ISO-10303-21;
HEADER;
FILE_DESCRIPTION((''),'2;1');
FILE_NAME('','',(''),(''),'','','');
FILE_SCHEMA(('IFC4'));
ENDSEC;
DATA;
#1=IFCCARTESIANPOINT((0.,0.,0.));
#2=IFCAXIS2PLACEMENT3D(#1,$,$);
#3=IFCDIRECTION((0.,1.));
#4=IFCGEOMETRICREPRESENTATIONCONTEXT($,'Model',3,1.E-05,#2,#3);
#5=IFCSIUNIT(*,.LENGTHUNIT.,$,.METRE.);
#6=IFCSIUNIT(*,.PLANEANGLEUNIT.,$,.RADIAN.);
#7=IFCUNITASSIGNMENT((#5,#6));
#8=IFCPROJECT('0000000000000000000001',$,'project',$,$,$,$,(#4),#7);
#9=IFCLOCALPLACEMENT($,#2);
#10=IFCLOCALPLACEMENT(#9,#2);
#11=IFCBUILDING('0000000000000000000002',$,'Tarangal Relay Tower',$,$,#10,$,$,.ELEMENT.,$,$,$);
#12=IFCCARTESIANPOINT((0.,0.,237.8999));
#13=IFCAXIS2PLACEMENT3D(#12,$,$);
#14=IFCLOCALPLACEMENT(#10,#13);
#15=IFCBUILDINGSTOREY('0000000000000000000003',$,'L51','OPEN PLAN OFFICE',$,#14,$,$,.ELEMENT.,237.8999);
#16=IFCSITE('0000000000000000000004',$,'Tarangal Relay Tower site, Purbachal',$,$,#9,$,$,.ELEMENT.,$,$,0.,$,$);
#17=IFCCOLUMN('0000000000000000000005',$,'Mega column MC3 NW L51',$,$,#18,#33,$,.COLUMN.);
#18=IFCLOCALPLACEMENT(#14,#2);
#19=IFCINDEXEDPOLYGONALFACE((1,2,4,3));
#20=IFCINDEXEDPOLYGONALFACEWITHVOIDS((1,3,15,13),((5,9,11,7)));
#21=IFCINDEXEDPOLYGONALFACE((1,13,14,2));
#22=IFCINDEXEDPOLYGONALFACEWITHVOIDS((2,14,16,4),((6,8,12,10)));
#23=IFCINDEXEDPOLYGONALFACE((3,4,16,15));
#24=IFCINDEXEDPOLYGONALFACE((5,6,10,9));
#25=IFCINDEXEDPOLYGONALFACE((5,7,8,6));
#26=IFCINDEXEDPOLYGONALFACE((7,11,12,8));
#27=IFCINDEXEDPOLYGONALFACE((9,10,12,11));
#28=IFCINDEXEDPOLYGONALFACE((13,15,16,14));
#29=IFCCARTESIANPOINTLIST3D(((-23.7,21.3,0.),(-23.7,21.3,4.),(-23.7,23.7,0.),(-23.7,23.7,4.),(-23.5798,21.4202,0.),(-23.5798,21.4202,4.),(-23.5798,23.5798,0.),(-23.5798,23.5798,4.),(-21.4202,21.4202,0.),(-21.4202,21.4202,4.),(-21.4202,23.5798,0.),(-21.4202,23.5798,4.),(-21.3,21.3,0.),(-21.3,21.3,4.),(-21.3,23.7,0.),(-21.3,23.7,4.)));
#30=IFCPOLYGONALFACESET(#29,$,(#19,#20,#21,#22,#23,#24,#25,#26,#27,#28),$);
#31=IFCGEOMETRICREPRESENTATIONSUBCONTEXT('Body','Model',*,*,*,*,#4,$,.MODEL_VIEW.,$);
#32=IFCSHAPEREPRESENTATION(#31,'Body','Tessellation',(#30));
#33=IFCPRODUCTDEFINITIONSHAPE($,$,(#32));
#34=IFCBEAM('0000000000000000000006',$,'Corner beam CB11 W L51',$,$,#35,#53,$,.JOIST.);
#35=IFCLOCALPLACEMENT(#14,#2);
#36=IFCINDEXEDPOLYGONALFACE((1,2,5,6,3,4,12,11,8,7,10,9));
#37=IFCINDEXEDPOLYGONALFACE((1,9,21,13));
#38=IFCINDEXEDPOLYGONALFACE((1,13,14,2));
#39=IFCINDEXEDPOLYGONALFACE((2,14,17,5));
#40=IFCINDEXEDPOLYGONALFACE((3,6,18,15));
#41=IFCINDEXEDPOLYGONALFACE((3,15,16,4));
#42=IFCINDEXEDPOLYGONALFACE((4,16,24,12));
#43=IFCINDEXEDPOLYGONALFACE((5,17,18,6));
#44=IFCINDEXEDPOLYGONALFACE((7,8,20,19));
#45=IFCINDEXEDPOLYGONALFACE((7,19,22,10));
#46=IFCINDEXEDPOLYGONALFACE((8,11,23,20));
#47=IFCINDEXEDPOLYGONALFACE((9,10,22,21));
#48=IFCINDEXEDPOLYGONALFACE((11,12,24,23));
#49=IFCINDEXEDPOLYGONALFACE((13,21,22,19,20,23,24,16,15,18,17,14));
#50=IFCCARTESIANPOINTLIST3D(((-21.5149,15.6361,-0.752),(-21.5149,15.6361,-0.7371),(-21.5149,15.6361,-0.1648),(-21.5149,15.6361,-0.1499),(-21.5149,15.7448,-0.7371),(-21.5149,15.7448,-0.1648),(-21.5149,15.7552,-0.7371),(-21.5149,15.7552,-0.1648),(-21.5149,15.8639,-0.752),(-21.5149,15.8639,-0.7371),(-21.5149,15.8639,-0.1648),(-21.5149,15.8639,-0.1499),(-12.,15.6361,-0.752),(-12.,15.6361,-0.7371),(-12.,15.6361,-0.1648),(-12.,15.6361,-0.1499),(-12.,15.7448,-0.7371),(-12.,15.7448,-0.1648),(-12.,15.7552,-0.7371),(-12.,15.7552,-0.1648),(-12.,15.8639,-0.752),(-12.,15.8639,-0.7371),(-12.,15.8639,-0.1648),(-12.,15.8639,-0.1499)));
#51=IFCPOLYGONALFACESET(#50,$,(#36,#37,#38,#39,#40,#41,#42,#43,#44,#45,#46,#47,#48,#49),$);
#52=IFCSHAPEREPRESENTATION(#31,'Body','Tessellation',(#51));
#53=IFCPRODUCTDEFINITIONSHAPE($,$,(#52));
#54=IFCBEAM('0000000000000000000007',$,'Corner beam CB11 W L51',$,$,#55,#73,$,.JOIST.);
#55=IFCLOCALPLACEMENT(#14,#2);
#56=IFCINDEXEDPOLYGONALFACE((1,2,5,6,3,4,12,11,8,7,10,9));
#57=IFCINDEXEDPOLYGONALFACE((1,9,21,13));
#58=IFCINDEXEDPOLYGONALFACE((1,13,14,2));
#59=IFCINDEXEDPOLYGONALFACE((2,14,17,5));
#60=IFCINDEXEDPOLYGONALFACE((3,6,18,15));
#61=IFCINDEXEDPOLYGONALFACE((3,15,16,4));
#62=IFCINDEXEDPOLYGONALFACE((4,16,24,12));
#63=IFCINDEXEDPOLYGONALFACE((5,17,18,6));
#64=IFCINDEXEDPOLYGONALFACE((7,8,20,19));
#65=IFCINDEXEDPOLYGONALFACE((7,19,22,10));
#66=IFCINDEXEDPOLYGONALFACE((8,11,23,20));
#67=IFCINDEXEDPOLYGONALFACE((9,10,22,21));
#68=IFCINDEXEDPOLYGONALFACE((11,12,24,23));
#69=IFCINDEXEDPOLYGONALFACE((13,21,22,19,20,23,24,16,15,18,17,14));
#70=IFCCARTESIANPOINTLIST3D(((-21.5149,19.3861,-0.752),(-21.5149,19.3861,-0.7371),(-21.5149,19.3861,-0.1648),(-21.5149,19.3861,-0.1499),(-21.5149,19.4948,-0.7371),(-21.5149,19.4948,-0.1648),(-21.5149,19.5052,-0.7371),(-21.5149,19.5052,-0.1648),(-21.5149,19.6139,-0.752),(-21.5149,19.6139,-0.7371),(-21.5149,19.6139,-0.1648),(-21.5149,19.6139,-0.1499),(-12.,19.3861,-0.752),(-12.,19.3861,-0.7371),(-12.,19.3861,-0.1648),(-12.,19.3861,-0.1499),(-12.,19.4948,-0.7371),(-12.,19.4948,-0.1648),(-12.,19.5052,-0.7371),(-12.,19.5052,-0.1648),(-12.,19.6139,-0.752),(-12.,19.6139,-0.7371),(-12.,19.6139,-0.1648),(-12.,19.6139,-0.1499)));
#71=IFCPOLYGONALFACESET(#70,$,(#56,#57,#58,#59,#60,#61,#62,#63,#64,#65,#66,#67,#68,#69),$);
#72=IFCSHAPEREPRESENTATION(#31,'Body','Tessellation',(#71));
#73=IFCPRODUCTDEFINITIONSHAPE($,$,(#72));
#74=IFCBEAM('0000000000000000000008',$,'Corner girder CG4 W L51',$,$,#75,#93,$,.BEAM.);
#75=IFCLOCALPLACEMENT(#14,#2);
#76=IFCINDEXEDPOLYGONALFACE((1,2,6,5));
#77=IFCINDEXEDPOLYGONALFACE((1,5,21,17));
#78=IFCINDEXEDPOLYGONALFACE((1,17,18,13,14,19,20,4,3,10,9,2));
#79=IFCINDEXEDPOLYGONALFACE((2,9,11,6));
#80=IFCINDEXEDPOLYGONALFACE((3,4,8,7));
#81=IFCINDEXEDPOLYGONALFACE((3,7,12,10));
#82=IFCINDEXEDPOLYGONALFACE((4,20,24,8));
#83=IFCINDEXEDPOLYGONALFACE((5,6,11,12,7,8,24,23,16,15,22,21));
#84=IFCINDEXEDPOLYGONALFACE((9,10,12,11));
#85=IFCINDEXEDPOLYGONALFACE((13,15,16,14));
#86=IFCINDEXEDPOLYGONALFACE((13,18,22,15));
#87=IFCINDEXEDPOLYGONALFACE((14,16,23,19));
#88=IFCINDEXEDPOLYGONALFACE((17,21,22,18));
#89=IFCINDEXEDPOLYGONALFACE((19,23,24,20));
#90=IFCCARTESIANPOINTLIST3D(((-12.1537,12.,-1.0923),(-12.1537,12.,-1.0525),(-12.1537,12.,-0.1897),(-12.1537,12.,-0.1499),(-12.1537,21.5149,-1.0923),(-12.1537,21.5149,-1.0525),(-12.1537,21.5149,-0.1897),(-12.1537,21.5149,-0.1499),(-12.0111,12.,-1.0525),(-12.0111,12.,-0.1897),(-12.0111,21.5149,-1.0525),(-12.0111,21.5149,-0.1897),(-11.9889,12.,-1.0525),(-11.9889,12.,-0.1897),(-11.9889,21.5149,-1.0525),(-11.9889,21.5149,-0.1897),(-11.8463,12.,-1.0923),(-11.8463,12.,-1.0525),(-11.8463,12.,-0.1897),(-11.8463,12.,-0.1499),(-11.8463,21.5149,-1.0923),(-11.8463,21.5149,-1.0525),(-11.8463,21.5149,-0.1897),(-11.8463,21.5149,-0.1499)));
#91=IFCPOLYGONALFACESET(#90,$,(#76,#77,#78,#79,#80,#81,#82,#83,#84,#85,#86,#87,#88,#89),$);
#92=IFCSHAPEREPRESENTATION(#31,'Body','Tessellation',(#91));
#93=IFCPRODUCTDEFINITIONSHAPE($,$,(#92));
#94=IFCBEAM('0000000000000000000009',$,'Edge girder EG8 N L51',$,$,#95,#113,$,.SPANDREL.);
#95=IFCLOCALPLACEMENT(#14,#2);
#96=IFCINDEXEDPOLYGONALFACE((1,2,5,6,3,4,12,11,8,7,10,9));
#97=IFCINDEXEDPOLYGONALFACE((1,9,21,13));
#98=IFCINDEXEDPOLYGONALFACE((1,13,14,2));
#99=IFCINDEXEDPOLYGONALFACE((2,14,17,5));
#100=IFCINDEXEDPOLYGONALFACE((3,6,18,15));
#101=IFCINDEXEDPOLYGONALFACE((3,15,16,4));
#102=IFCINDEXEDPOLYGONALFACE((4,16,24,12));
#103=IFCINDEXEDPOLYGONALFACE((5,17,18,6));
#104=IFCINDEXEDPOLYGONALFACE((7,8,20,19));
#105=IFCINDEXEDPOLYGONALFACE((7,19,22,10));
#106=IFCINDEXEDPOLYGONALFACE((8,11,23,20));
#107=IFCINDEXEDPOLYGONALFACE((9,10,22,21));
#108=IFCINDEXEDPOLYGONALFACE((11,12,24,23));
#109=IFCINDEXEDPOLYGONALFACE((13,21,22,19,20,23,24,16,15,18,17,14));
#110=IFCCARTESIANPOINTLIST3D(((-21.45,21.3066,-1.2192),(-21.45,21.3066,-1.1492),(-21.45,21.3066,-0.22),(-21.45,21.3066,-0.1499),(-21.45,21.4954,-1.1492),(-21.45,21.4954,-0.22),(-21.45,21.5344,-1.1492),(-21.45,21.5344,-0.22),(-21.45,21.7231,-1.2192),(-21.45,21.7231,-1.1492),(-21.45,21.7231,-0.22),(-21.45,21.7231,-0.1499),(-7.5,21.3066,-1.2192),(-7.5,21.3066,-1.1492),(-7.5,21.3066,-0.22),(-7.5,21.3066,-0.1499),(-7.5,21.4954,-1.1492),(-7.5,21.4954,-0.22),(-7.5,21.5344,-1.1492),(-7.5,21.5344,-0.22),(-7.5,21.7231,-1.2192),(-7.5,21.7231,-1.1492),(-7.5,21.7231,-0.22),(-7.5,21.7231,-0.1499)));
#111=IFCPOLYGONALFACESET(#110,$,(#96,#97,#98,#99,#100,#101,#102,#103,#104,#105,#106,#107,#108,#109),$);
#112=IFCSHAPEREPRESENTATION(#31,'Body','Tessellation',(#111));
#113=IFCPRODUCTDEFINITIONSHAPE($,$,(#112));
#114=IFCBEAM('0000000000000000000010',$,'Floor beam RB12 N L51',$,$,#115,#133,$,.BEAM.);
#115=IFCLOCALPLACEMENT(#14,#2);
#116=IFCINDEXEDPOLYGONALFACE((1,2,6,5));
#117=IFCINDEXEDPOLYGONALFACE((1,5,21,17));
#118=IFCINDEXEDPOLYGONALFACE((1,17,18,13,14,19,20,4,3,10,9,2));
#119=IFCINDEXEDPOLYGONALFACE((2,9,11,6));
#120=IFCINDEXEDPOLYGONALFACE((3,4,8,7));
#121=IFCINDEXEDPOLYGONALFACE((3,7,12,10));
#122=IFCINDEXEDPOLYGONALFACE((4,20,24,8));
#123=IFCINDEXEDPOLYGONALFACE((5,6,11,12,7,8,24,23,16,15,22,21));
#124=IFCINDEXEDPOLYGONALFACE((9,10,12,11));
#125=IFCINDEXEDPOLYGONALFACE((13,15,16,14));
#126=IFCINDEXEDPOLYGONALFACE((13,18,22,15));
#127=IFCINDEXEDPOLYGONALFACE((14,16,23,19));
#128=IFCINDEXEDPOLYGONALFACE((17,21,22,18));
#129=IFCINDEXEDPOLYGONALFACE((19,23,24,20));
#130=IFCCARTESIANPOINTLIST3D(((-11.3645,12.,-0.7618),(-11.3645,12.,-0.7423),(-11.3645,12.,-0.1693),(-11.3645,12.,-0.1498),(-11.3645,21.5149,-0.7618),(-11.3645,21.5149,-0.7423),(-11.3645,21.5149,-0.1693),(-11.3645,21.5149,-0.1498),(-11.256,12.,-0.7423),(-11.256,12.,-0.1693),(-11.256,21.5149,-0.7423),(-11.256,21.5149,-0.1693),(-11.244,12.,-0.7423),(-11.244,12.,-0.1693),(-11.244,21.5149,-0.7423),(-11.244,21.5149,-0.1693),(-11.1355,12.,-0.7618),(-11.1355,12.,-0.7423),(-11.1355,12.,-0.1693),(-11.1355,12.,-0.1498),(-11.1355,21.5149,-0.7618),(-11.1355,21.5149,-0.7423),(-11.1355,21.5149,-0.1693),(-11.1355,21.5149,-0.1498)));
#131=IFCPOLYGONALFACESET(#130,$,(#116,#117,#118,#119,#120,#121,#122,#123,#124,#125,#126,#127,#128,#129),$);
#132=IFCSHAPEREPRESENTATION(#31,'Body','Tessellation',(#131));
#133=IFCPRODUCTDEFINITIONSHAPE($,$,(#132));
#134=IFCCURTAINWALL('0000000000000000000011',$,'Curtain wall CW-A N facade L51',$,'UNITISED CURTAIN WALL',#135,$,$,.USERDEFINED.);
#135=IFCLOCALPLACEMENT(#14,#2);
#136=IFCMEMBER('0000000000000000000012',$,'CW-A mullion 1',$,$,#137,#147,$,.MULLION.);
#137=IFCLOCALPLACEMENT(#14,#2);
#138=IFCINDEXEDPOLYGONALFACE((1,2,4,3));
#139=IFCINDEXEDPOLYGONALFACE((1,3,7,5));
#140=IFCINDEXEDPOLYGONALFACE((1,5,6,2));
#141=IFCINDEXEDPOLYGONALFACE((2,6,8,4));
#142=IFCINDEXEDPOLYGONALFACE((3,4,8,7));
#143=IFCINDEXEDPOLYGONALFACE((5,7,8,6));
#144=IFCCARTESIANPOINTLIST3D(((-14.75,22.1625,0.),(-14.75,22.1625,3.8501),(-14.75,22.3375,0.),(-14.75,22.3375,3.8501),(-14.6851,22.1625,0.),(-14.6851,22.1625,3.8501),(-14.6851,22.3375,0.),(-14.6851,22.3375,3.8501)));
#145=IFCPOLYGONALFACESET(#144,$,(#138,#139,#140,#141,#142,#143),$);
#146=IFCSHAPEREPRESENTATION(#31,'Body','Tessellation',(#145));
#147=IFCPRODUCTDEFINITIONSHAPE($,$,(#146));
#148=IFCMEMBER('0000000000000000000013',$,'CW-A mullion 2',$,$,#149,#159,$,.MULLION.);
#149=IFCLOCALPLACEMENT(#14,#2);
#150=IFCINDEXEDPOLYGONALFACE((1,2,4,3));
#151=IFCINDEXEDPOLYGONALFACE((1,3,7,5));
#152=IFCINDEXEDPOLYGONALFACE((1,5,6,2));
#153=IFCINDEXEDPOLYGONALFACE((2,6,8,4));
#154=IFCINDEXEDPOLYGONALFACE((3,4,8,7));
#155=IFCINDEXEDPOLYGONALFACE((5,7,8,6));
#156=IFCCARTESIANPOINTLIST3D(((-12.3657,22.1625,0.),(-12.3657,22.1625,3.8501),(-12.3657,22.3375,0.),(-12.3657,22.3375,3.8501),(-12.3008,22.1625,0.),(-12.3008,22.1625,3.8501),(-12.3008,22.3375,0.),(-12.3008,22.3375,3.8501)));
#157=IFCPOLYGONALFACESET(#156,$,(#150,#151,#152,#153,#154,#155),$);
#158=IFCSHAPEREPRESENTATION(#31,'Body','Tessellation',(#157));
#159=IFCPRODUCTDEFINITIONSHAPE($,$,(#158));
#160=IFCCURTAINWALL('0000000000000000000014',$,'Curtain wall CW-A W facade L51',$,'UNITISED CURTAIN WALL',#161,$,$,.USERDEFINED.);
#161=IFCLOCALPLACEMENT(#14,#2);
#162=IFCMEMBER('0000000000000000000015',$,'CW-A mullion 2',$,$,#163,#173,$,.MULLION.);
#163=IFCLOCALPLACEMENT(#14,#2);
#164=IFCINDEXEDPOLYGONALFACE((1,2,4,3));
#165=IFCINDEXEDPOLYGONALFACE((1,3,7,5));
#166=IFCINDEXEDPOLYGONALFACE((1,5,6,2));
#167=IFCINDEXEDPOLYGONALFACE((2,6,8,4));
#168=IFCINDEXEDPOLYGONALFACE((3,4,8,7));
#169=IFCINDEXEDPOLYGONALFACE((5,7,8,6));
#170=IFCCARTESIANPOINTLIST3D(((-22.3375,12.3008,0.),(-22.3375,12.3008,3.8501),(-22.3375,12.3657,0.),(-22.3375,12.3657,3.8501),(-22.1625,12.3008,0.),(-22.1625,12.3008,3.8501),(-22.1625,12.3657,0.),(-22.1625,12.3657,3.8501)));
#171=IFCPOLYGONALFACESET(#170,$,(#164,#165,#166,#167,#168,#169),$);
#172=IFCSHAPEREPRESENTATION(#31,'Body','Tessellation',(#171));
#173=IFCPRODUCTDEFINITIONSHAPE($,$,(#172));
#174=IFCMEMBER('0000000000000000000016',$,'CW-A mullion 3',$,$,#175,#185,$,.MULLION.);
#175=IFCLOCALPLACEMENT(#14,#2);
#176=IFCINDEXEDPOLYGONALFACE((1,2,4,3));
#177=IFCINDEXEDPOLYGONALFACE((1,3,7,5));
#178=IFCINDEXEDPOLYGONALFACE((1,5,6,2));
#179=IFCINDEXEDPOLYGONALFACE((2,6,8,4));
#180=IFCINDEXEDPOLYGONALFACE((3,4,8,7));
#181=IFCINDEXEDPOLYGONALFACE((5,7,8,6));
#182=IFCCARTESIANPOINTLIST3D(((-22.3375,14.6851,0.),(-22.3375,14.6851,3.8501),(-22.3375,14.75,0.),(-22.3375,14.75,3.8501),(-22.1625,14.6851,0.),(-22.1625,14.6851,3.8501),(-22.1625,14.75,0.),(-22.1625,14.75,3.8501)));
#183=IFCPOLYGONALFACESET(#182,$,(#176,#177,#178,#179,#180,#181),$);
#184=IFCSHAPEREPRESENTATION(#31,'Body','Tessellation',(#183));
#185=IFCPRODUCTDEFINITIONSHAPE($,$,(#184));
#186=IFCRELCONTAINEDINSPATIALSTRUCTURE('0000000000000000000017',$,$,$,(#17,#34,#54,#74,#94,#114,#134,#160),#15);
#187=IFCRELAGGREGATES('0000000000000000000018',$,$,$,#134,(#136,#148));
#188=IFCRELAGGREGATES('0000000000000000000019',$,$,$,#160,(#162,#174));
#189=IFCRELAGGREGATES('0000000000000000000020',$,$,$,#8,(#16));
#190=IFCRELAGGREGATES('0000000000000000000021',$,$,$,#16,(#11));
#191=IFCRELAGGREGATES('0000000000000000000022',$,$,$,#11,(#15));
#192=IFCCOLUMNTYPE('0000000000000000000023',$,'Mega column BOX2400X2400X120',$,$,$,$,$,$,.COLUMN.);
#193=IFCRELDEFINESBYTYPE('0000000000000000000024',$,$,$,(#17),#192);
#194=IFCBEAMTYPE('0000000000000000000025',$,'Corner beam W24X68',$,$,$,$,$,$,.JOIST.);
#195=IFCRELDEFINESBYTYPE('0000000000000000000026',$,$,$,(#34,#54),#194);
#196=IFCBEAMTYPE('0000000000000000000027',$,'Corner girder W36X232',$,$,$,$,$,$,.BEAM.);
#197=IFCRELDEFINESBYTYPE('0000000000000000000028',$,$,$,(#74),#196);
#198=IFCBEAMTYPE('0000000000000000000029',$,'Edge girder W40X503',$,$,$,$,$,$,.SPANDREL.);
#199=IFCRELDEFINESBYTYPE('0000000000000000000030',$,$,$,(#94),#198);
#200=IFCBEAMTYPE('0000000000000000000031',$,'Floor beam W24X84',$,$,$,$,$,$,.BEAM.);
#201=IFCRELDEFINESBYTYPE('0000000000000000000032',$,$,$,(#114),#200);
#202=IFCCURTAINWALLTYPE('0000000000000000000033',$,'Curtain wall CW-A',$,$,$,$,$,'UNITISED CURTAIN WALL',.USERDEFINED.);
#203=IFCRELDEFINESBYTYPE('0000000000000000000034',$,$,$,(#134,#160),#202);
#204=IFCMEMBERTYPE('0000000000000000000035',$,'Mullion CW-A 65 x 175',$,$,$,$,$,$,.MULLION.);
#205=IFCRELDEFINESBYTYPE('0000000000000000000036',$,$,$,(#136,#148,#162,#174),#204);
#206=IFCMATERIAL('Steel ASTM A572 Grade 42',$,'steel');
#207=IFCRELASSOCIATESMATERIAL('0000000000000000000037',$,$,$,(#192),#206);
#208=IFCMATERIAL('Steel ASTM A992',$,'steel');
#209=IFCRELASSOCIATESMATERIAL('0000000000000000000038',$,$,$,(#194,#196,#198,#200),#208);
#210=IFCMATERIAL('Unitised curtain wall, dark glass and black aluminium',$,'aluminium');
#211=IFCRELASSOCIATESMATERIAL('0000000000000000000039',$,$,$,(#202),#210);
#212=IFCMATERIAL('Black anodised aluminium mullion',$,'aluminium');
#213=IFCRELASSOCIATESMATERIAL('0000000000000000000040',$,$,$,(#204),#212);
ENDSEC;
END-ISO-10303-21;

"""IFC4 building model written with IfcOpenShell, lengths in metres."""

from ifc_helpers import new_model, si_unit, direction, frame, origin, origin_2d, place, context, subcontext, project, spatial, rectangle, hollow_rectangle, i_section, extrude, material, material_profile, profile_set, type_object, element, aggregate, save


model = new_model("IFC4")

# Units and contexts
model_context = context("Model", 3, precision=1e-05, world=origin(), true_north=direction((0.0, 1.0)))
body_context = subcontext(model_context, "Body", "Model", "MODEL_VIEW")
ifc_project = project(units=[si_unit("LENGTHUNIT", "METRE"), si_unit("PLANEANGLEUNIT", "RADIAN")], contexts=[model_context])

# Site, building, storey
site_placement = place(None, origin())
site = spatial("IfcSite", under=ifc_project, at=site_placement, Name="Tarangal Relay Tower site, Purbachal", CompositionType="ELEMENT", RefElevation=0.0)
building_placement = place(site_placement, origin())
building = spatial("IfcBuilding", under=site, at=building_placement, Name="Tarangal Relay Tower", CompositionType="ELEMENT")
storey_placement = place(building_placement, frame((0.0, 0.0, 237.8999)))
storey = spatial("IfcBuildingStorey", under=building, at=storey_placement, Name="L51", Description="OPEN PLAN OFFICE", CompositionType="ELEMENT", Elevation=237.8999)

# Column
ifc_material_1 = material(Name="Steel ASTM A572 Grade 42", Category="steel")
ifc_material_profile_1 = material_profile(ifc_material_1, hollow_rectangle(XDim=2.3999, YDim=2.3999, WallThickness=0.1201, at=origin_2d()), Name="BOX2400X2400X120")
ifc_profile_set_1 = profile_set([ifc_material_profile_1], Name="Steel ASTM A572 Grade 42")
column_type = type_object("IfcColumnType", Name="Mega column BOX2400X2400X120", PredefinedType="COLUMN", material=ifc_profile_set_1)
column_placement = place(storey_placement, frame((-22.5, 22.5, 0.0), z_axis=(0.0, 0.0, 1.0), x_axis=(1.0, 0.0, 0.0)))
element("IfcColumn", 1, at=column_placement, inside=storey, type_object=column_type, Name="Mega column MC3 NW L51", PredefinedType="COLUMN", context=body_context, shape_type="SweptSolid", body=[
    extrude(hollow_rectangle(XDim=2.3999, YDim=2.3999, WallThickness=0.1201, at=origin_2d()), origin(), (0.0, 0.0, 1.0), 4.0),
])

# Beams
ifc_material_2 = material(Name="Steel ASTM A992", Category="steel")
ifc_material_profile_2 = material_profile(ifc_material_2, i_section(OverallWidth=0.2278, OverallDepth=0.6021, WebThickness=0.0105, FlangeThickness=0.0149, at=origin_2d()), Name="W24X68")
ifc_profile_set_2 = profile_set([ifc_material_profile_2], Name="Steel ASTM A992")
beam_type_1 = type_object("IfcBeamType", Name="Corner beam W24X68", PredefinedType="JOIST", material=ifc_profile_set_2)
for number, where, z_axis, x_axis, name in (
    (2, (-12.0, 15.75, -0.4509), (-1.0, 0.0, 0.0), (0.0, -1.0, 0.0), "Corner beam CB11 W L51"),
    (3, (-12.0, 19.5, -0.4509), (-1.0, 0.0, 0.0), (0.0, -1.0, 0.0), "Corner beam CB11 W L51"),
):
    element("IfcBeam", number, at=place(storey_placement, frame(where, z_axis=z_axis, x_axis=x_axis)), inside=storey, type_object=beam_type_1, Name=name, PredefinedType="JOIST", context=body_context, shape_type="SweptSolid", body=[
        extrude(i_section(OverallWidth=0.2278, OverallDepth=0.6021, WebThickness=0.0105, FlangeThickness=0.0149, at=origin_2d()), origin(), (0.0, 0.0, 1.0), 9.5149),
    ])
ifc_material_profile_3 = material_profile(ifc_material_2, i_section(OverallWidth=0.3074, OverallDepth=0.9424, WebThickness=0.0222, FlangeThickness=0.0398, at=origin_2d()), Name="W36X232")
ifc_profile_set_3 = profile_set([ifc_material_profile_3], Name="Steel ASTM A992")
beam_type_2 = type_object("IfcBeamType", Name="Corner girder W36X232", PredefinedType="BEAM", material=ifc_profile_set_3)
beam_1_placement = place(storey_placement, frame((-12.0, 12.0, -0.6211), z_axis=(0.0, 1.0, 0.0), x_axis=(-1.0, 0.0, 0.0)))
element("IfcBeam", 4, at=beam_1_placement, inside=storey, type_object=beam_type_2, Name="Corner girder CG4 W L51", PredefinedType="BEAM", context=body_context, shape_type="SweptSolid", body=[
    extrude(i_section(OverallWidth=0.3074, OverallDepth=0.9424, WebThickness=0.0222, FlangeThickness=0.0398, at=origin_2d()), origin(), (0.0, 0.0, 1.0), 9.5149),
])
ifc_material_profile_4 = material_profile(ifc_material_2, i_section(OverallWidth=0.4165, OverallDepth=1.0693, WebThickness=0.0391, FlangeThickness=0.0701, at=origin_2d()), Name="W40X503")
ifc_profile_set_4 = profile_set([ifc_material_profile_4], Name="Steel ASTM A992")
beam_type_3 = type_object("IfcBeamType", Name="Edge girder W40X503", PredefinedType="SPANDREL", material=ifc_profile_set_4)
beam_2_placement = place(storey_placement, frame((-21.45, 21.5149, -0.6846), z_axis=(1.0, 0.0, 0.0), x_axis=(0.0, 1.0, 0.0)))
element("IfcBeam", 5, at=beam_2_placement, inside=storey, type_object=beam_type_3, Name="Edge girder EG8 N L51", PredefinedType="SPANDREL", context=body_context, shape_type="SweptSolid", body=[
    extrude(i_section(OverallWidth=0.4165, OverallDepth=1.0693, WebThickness=0.0391, FlangeThickness=0.0701, at=origin_2d()), origin(), (0.0, 0.0, 1.0), 13.95),
])
ifc_material_profile_5 = material_profile(ifc_material_2, i_section(OverallWidth=0.229, OverallDepth=0.6121, WebThickness=0.012, FlangeThickness=0.0195, at=origin_2d()), Name="W24X84")
ifc_profile_set_5 = profile_set([ifc_material_profile_5], Name="Steel ASTM A992")
beam_type_4 = type_object("IfcBeamType", Name="Floor beam W24X84", PredefinedType="BEAM", material=ifc_profile_set_5)
beam_3_placement = place(storey_placement, frame((-11.25, 12.0, -0.4558), z_axis=(0.0, 1.0, 0.0), x_axis=(-1.0, 0.0, 0.0)))
element("IfcBeam", 6, at=beam_3_placement, inside=storey, type_object=beam_type_4, Name="Floor beam RB12 N L51", PredefinedType="BEAM", context=body_context, shape_type="SweptSolid", body=[
    extrude(i_section(OverallWidth=0.229, OverallDepth=0.6121, WebThickness=0.012, FlangeThickness=0.0195, at=origin_2d()), origin(), (0.0, 0.0, 1.0), 9.5149),
])

# Curtain walls, members
ifc_material_3 = material(Name="Unitised curtain wall, dark glass and black aluminium", Category="aluminium")
curtain_wall_type = type_object("IfcCurtainWallType", Name="Curtain wall CW-A", ElementType="UNITISED CURTAIN WALL", PredefinedType="USERDEFINED", material=ifc_material_3)
curtain_wall_1_placement = place(storey_placement, origin())
curtain_wall_1 = element("IfcCurtainWall", 7, at=curtain_wall_1_placement, inside=storey, type_object=curtain_wall_type, Name="Curtain wall CW-A N facade L51", ObjectType="UNITISED CURTAIN WALL", PredefinedType="USERDEFINED")
ifc_material_4 = material(Name="Black anodised aluminium mullion", Category="aluminium")
ifc_material_profile_6 = material_profile(ifc_material_4, rectangle(XDim=0.175, YDim=0.0649, at=origin_2d()), Name="CW-AM 65X175")
ifc_profile_set_6 = profile_set([ifc_material_profile_6], Name="Black anodised aluminium mullion")
member_type_1 = type_object("IfcMemberType", Name="Mullion CW-A 65 x 175", PredefinedType="MULLION", material=ifc_profile_set_6)
member_1_placement = place(storey_placement, frame((-14.7175, 22.25, 0.0), z_axis=(0.0, 0.0, 1.0), x_axis=(0.0, 1.0, 0.0)))
member_1 = element("IfcMember", 8, at=member_1_placement, type_object=member_type_1, Name="CW-A mullion 1", PredefinedType="MULLION", context=body_context, shape_type="SweptSolid", body=[
    extrude(rectangle(XDim=0.175, YDim=0.0649, at=origin_2d()), origin(), (0.0, 0.0, 1.0), 3.8501),
])
member_2_placement = place(storey_placement, frame((-12.3333, 22.25, 0.0), z_axis=(0.0, 0.0, 1.0), x_axis=(0.0, 1.0, 0.0)))
member_2 = element("IfcMember", 9, at=member_2_placement, type_object=member_type_1, Name="CW-A mullion 2", PredefinedType="MULLION", context=body_context, shape_type="SweptSolid", body=[
    extrude(rectangle(XDim=0.175, YDim=0.0649, at=origin_2d()), origin(), (0.0, 0.0, 1.0), 3.8501),
])
curtain_wall_2_placement = place(storey_placement, origin())
curtain_wall_2 = element("IfcCurtainWall", 10, at=curtain_wall_2_placement, inside=storey, type_object=curtain_wall_type, Name="Curtain wall CW-A W facade L51", ObjectType="UNITISED CURTAIN WALL", PredefinedType="USERDEFINED")
member_3_placement = place(storey_placement, frame((-22.25, 12.3333, 0.0), z_axis=(0.0, 0.0, 1.0), x_axis=(-1.0, 0.0, 0.0)))
member_3 = element("IfcMember", 11, at=member_3_placement, type_object=member_type_1, Name="CW-A mullion 2", PredefinedType="MULLION", context=body_context, shape_type="SweptSolid", body=[
    extrude(rectangle(XDim=0.175, YDim=0.0649, at=origin_2d()), origin(), (0.0, 0.0, 1.0), 3.8501),
])
member_4_placement = place(storey_placement, frame((-22.25, 14.7175, 0.0), z_axis=(0.0, 0.0, 1.0), x_axis=(-1.0, 0.0, 0.0)))
member_4 = element("IfcMember", 12, at=member_4_placement, type_object=member_type_1, Name="CW-A mullion 3", PredefinedType="MULLION", context=body_context, shape_type="SweptSolid", body=[
    extrude(rectangle(XDim=0.175, YDim=0.0649, at=origin_2d()), origin(), (0.0, 0.0, 1.0), 3.8501),
])

aggregate(curtain_wall_1, [member_1, member_2])
aggregate(curtain_wall_2, [member_3, member_4])

save(model, "model.ifc")
